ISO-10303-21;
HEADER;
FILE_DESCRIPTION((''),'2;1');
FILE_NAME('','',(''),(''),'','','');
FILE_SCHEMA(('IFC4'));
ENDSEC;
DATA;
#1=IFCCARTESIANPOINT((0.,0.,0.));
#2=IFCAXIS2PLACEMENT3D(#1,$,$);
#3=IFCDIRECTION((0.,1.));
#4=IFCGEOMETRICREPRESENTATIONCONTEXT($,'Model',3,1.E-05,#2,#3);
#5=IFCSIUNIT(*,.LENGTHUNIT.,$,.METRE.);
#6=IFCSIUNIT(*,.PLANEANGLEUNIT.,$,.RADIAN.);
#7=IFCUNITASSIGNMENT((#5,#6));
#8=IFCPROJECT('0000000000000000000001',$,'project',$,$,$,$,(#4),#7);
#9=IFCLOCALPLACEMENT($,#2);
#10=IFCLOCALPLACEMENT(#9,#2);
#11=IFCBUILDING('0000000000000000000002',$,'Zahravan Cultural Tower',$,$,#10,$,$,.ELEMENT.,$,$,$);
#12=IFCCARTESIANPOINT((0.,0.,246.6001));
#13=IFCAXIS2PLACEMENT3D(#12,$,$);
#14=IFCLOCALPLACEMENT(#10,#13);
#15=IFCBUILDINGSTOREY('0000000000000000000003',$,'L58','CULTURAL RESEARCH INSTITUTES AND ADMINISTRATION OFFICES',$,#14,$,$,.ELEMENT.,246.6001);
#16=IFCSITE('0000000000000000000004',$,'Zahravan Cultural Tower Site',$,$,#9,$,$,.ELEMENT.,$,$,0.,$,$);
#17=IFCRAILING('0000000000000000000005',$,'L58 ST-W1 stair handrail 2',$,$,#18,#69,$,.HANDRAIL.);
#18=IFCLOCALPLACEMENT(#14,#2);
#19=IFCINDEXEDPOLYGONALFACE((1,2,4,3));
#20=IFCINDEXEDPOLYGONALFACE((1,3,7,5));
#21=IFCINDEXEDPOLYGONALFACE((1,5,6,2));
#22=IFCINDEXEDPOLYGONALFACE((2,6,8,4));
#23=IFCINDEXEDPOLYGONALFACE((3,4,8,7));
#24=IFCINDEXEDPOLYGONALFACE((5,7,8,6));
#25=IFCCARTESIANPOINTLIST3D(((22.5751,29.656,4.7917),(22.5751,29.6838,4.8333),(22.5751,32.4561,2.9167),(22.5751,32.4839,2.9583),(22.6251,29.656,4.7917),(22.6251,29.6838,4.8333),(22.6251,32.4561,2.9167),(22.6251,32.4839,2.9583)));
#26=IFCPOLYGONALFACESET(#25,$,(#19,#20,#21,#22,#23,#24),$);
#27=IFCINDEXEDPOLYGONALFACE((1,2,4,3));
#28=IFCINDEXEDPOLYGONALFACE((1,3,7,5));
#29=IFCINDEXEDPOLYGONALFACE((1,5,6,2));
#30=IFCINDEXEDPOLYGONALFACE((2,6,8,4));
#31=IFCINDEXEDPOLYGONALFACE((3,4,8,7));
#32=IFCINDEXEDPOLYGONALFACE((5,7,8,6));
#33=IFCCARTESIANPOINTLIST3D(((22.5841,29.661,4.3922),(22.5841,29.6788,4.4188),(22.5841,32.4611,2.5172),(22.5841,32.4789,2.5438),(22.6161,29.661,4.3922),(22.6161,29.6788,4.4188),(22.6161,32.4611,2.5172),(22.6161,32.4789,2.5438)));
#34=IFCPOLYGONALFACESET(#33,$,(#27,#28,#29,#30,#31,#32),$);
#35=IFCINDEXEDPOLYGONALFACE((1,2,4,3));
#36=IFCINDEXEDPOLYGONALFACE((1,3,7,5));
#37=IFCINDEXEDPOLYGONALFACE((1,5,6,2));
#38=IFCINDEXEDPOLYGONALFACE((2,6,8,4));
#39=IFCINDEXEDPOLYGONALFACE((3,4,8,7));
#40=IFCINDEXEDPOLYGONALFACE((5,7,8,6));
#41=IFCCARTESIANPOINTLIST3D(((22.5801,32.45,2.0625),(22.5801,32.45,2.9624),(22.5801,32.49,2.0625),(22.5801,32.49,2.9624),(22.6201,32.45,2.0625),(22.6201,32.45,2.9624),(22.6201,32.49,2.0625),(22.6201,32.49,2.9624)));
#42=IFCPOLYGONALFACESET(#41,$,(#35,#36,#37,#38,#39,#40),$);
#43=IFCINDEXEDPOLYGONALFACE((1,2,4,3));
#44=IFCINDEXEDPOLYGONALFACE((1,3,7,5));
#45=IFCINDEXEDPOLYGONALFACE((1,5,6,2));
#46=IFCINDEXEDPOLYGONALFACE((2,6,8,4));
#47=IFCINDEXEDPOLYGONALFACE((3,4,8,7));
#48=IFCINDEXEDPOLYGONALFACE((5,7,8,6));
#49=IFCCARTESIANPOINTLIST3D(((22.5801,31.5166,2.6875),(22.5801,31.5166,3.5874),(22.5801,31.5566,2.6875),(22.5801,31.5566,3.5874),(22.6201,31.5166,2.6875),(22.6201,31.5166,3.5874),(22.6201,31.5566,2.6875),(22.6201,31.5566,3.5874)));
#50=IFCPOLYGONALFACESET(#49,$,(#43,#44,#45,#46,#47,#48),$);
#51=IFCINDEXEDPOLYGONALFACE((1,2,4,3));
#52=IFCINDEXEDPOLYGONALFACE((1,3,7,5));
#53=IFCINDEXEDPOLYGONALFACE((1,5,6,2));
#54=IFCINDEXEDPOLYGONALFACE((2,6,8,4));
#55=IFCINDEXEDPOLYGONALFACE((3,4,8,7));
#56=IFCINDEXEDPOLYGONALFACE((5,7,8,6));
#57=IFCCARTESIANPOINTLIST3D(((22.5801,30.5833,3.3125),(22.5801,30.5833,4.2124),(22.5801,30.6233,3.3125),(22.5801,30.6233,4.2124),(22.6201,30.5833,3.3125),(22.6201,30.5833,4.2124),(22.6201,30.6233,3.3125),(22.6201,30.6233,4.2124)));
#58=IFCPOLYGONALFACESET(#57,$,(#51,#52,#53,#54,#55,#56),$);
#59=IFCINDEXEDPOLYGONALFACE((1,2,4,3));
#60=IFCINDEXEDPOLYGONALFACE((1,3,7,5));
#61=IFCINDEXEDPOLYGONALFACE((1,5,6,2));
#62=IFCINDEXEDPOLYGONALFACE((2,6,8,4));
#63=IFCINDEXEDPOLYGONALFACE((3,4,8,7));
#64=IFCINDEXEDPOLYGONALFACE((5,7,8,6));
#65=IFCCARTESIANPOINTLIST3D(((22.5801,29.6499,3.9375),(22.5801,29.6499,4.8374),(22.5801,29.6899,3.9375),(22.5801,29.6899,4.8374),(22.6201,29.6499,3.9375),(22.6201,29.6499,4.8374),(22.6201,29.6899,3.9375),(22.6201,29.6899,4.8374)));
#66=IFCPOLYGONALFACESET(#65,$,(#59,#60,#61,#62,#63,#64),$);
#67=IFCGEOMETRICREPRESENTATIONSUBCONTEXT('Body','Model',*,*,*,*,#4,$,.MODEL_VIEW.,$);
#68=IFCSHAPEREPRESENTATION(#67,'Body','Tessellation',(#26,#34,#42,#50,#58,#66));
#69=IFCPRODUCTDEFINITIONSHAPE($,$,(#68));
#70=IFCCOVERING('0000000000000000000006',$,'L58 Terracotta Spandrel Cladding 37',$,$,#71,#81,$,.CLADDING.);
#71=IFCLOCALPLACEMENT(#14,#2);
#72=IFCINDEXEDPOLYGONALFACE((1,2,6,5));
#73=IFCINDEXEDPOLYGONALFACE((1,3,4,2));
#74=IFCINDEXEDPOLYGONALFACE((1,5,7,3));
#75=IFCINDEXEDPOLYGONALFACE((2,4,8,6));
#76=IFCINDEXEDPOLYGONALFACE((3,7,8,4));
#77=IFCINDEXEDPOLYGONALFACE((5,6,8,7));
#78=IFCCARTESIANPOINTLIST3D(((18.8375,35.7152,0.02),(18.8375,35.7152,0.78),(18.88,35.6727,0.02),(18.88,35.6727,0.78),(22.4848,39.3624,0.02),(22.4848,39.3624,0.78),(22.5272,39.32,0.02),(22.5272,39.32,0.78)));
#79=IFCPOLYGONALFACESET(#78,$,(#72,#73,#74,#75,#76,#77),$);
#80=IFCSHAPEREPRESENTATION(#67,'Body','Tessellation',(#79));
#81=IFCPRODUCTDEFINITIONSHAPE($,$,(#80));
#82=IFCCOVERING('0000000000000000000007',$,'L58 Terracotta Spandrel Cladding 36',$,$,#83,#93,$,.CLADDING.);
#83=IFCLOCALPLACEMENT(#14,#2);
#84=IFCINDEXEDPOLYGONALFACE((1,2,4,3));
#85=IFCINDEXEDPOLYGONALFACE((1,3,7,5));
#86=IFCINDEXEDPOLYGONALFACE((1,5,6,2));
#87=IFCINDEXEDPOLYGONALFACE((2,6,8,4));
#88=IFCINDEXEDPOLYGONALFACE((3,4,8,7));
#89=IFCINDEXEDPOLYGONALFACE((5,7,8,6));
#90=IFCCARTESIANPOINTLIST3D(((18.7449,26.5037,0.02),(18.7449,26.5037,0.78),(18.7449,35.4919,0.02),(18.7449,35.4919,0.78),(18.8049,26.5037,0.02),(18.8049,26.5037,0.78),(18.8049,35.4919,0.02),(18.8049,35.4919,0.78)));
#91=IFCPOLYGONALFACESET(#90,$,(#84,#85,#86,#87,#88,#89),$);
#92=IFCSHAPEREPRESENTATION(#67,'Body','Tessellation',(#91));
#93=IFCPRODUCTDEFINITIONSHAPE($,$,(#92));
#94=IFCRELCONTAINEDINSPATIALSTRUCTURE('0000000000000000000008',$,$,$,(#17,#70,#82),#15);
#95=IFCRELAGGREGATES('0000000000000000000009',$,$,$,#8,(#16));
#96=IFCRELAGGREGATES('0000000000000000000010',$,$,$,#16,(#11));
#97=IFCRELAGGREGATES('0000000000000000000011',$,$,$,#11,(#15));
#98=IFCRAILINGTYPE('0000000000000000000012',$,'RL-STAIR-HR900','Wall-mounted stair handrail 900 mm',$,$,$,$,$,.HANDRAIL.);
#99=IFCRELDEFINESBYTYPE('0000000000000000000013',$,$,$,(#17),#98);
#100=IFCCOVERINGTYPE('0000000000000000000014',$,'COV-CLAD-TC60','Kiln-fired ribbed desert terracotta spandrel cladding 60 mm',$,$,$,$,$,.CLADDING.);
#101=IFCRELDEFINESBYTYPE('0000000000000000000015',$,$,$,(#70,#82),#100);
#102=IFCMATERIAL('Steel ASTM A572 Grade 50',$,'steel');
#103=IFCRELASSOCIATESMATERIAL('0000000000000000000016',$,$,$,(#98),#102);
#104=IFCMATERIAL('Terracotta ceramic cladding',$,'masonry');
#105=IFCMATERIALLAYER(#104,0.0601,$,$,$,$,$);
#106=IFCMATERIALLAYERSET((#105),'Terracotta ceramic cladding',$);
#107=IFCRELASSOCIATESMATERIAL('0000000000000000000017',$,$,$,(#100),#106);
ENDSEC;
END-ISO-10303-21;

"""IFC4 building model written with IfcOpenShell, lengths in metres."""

from ifc_helpers import new_model, si_unit, direction, frame, origin, origin_2d, place, context, subcontext, project, spatial, rectangle, extrude, source, transform, mapped, material, layer, layer_set, type_object, element, save


model = new_model("IFC4")

# Units and contexts
model_context = context("Model", 3, precision=1e-05, world=origin(), true_north=direction((0.0, 1.0)))
body_context = subcontext(model_context, "Body", "Model", "MODEL_VIEW")
ifc_project = project(units=[si_unit("LENGTHUNIT", "METRE"), si_unit("PLANEANGLEUNIT", "RADIAN")], contexts=[model_context])

# Site, building, storey
site_placement = place(None, origin())
site = spatial("IfcSite", under=ifc_project, at=site_placement, Name="Zahravan Cultural Tower Site", CompositionType="ELEMENT", RefElevation=0.0)
building_placement = place(site_placement, origin())
building = spatial("IfcBuilding", under=site, at=building_placement, Name="Zahravan Cultural Tower", CompositionType="ELEMENT")
storey_placement = place(building_placement, frame((0.0, 0.0, 246.6001)))
storey = spatial("IfcBuildingStorey", under=building, at=storey_placement, Name="L58", Description="CULTURAL RESEARCH INSTITUTES AND ADMINISTRATION OFFICES", CompositionType="ELEMENT", Elevation=246.6001)

# Railing
ifc_material_1 = material(Name="Steel ASTM A572 Grade 50", Category="steel")
railing_type_1 = type_object("IfcRailingType", Name="RL-STAIR-HR900", Description="Wall-mounted stair handrail 900 mm", PredefinedType="HANDRAIL", material=ifc_material_1)
railing_1_placement = place(storey_placement, frame((22.6001, 32.47, 2.0625)))
element("IfcRailing", 1, at=railing_1_placement, inside=storey, type_object=railing_type_1, Name="L58 ST-W1 stair handrail 2", PredefinedType="HANDRAIL", context=body_context, shape_type="SweptSolid", body=[
    extrude(rectangle(XDim=0.05, YDim=0.05, at=origin_2d()), frame((0.0, 0.0, 0.875), z_axis=(0.0, -0.830912, 0.556404), x_axis=(1.0, 0.0, 0.0)), (0.0, 0.0, 1.0), 3.3699),
    extrude(rectangle(XDim=0.032, YDim=0.032, at=origin_2d()), frame((0.0, 0.0, 0.468), z_axis=(0.0, -0.830912, 0.556404), x_axis=(1.0, 0.0, 0.0)), (0.0, 0.0, 1.0), 3.3699),
    extrude(rectangle(XDim=0.04, YDim=0.04, at=origin_2d()), origin(), (0.0, 0.0, 1.0), 0.8999),
    extrude(rectangle(XDim=0.04, YDim=0.04, at=origin_2d()), frame((0.0, -0.9333, 0.625)), (0.0, 0.0, 1.0), 0.8999),
    extrude(rectangle(XDim=0.04, YDim=0.04, at=origin_2d()), frame((0.0, -1.8667, 1.25)), (0.0, 0.0, 1.0), 0.8999),
    extrude(rectangle(XDim=0.04, YDim=0.04, at=origin_2d()), frame((0.0, -2.8, 1.875)), (0.0, 0.0, 1.0), 0.8999),
])

# Coverings
ifc_material_2 = material(Name="Terracotta ceramic cladding", Category="masonry")
ifc_layer_1 = layer(ifc_material_2, 0.0601)
ifc_layer_set_1 = layer_set([ifc_layer_1], Name="Terracotta ceramic cladding")
covering_type = type_object("IfcCoveringType", Name="COV-CLAD-TC60", Description="Kiln-fired ribbed desert terracotta spandrel cladding 60 mm", PredefinedType="CLADDING", material=ifc_layer_set_1)
shared_shape_1 = source(origin(), body_context, "Body", "SweptSolid", [
    extrude(rectangle(XDim=5.158, YDim=0.0601, at=origin_2d()), origin(), (0.0, 0.0, 1.0), 0.76),
])
covering_1_placement = place(storey_placement, frame((20.6824, 37.5176, 0.02), z_axis=(0.0, 0.0, 1.0), x_axis=(0.707107, 0.707107, 0.0)))
element("IfcCovering", 2, at=covering_1_placement, inside=storey, type_object=covering_type, Name="L58 Terracotta Spandrel Cladding 37", PredefinedType="CLADDING", context=body_context, shape_type="MappedRepresentation", body=[
    mapped(shared_shape_1, transform((0.0, 0.0, 0.0), x_axis=(1.0, 0.0, 0.0), y_axis=(0.0, 1.0, 0.0), z_axis=(0.0, 0.0, 1.0), scale=1.0)),
])
shared_shape_2 = source(origin(), body_context, "Body", "SweptSolid", [
    extrude(rectangle(XDim=8.9883, YDim=0.0601, at=origin_2d()), origin(), (0.0, 0.0, 1.0), 0.76),
])
covering_2_placement = place(storey_placement, frame((18.7749, 30.9978, 0.02), z_axis=(0.0, 0.0, 1.0), x_axis=(0.0, 1.0, 0.0)))
element("IfcCovering", 3, at=covering_2_placement, inside=storey, type_object=covering_type, Name="L58 Terracotta Spandrel Cladding 36", PredefinedType="CLADDING", context=body_context, shape_type="MappedRepresentation", body=[
    mapped(shared_shape_2, transform((0.0, 0.0, 0.0), x_axis=(1.0, 0.0, 0.0), y_axis=(0.0, 1.0, 0.0), z_axis=(0.0, 0.0, 1.0), scale=1.0)),
])

save(model, "model.ifc")
